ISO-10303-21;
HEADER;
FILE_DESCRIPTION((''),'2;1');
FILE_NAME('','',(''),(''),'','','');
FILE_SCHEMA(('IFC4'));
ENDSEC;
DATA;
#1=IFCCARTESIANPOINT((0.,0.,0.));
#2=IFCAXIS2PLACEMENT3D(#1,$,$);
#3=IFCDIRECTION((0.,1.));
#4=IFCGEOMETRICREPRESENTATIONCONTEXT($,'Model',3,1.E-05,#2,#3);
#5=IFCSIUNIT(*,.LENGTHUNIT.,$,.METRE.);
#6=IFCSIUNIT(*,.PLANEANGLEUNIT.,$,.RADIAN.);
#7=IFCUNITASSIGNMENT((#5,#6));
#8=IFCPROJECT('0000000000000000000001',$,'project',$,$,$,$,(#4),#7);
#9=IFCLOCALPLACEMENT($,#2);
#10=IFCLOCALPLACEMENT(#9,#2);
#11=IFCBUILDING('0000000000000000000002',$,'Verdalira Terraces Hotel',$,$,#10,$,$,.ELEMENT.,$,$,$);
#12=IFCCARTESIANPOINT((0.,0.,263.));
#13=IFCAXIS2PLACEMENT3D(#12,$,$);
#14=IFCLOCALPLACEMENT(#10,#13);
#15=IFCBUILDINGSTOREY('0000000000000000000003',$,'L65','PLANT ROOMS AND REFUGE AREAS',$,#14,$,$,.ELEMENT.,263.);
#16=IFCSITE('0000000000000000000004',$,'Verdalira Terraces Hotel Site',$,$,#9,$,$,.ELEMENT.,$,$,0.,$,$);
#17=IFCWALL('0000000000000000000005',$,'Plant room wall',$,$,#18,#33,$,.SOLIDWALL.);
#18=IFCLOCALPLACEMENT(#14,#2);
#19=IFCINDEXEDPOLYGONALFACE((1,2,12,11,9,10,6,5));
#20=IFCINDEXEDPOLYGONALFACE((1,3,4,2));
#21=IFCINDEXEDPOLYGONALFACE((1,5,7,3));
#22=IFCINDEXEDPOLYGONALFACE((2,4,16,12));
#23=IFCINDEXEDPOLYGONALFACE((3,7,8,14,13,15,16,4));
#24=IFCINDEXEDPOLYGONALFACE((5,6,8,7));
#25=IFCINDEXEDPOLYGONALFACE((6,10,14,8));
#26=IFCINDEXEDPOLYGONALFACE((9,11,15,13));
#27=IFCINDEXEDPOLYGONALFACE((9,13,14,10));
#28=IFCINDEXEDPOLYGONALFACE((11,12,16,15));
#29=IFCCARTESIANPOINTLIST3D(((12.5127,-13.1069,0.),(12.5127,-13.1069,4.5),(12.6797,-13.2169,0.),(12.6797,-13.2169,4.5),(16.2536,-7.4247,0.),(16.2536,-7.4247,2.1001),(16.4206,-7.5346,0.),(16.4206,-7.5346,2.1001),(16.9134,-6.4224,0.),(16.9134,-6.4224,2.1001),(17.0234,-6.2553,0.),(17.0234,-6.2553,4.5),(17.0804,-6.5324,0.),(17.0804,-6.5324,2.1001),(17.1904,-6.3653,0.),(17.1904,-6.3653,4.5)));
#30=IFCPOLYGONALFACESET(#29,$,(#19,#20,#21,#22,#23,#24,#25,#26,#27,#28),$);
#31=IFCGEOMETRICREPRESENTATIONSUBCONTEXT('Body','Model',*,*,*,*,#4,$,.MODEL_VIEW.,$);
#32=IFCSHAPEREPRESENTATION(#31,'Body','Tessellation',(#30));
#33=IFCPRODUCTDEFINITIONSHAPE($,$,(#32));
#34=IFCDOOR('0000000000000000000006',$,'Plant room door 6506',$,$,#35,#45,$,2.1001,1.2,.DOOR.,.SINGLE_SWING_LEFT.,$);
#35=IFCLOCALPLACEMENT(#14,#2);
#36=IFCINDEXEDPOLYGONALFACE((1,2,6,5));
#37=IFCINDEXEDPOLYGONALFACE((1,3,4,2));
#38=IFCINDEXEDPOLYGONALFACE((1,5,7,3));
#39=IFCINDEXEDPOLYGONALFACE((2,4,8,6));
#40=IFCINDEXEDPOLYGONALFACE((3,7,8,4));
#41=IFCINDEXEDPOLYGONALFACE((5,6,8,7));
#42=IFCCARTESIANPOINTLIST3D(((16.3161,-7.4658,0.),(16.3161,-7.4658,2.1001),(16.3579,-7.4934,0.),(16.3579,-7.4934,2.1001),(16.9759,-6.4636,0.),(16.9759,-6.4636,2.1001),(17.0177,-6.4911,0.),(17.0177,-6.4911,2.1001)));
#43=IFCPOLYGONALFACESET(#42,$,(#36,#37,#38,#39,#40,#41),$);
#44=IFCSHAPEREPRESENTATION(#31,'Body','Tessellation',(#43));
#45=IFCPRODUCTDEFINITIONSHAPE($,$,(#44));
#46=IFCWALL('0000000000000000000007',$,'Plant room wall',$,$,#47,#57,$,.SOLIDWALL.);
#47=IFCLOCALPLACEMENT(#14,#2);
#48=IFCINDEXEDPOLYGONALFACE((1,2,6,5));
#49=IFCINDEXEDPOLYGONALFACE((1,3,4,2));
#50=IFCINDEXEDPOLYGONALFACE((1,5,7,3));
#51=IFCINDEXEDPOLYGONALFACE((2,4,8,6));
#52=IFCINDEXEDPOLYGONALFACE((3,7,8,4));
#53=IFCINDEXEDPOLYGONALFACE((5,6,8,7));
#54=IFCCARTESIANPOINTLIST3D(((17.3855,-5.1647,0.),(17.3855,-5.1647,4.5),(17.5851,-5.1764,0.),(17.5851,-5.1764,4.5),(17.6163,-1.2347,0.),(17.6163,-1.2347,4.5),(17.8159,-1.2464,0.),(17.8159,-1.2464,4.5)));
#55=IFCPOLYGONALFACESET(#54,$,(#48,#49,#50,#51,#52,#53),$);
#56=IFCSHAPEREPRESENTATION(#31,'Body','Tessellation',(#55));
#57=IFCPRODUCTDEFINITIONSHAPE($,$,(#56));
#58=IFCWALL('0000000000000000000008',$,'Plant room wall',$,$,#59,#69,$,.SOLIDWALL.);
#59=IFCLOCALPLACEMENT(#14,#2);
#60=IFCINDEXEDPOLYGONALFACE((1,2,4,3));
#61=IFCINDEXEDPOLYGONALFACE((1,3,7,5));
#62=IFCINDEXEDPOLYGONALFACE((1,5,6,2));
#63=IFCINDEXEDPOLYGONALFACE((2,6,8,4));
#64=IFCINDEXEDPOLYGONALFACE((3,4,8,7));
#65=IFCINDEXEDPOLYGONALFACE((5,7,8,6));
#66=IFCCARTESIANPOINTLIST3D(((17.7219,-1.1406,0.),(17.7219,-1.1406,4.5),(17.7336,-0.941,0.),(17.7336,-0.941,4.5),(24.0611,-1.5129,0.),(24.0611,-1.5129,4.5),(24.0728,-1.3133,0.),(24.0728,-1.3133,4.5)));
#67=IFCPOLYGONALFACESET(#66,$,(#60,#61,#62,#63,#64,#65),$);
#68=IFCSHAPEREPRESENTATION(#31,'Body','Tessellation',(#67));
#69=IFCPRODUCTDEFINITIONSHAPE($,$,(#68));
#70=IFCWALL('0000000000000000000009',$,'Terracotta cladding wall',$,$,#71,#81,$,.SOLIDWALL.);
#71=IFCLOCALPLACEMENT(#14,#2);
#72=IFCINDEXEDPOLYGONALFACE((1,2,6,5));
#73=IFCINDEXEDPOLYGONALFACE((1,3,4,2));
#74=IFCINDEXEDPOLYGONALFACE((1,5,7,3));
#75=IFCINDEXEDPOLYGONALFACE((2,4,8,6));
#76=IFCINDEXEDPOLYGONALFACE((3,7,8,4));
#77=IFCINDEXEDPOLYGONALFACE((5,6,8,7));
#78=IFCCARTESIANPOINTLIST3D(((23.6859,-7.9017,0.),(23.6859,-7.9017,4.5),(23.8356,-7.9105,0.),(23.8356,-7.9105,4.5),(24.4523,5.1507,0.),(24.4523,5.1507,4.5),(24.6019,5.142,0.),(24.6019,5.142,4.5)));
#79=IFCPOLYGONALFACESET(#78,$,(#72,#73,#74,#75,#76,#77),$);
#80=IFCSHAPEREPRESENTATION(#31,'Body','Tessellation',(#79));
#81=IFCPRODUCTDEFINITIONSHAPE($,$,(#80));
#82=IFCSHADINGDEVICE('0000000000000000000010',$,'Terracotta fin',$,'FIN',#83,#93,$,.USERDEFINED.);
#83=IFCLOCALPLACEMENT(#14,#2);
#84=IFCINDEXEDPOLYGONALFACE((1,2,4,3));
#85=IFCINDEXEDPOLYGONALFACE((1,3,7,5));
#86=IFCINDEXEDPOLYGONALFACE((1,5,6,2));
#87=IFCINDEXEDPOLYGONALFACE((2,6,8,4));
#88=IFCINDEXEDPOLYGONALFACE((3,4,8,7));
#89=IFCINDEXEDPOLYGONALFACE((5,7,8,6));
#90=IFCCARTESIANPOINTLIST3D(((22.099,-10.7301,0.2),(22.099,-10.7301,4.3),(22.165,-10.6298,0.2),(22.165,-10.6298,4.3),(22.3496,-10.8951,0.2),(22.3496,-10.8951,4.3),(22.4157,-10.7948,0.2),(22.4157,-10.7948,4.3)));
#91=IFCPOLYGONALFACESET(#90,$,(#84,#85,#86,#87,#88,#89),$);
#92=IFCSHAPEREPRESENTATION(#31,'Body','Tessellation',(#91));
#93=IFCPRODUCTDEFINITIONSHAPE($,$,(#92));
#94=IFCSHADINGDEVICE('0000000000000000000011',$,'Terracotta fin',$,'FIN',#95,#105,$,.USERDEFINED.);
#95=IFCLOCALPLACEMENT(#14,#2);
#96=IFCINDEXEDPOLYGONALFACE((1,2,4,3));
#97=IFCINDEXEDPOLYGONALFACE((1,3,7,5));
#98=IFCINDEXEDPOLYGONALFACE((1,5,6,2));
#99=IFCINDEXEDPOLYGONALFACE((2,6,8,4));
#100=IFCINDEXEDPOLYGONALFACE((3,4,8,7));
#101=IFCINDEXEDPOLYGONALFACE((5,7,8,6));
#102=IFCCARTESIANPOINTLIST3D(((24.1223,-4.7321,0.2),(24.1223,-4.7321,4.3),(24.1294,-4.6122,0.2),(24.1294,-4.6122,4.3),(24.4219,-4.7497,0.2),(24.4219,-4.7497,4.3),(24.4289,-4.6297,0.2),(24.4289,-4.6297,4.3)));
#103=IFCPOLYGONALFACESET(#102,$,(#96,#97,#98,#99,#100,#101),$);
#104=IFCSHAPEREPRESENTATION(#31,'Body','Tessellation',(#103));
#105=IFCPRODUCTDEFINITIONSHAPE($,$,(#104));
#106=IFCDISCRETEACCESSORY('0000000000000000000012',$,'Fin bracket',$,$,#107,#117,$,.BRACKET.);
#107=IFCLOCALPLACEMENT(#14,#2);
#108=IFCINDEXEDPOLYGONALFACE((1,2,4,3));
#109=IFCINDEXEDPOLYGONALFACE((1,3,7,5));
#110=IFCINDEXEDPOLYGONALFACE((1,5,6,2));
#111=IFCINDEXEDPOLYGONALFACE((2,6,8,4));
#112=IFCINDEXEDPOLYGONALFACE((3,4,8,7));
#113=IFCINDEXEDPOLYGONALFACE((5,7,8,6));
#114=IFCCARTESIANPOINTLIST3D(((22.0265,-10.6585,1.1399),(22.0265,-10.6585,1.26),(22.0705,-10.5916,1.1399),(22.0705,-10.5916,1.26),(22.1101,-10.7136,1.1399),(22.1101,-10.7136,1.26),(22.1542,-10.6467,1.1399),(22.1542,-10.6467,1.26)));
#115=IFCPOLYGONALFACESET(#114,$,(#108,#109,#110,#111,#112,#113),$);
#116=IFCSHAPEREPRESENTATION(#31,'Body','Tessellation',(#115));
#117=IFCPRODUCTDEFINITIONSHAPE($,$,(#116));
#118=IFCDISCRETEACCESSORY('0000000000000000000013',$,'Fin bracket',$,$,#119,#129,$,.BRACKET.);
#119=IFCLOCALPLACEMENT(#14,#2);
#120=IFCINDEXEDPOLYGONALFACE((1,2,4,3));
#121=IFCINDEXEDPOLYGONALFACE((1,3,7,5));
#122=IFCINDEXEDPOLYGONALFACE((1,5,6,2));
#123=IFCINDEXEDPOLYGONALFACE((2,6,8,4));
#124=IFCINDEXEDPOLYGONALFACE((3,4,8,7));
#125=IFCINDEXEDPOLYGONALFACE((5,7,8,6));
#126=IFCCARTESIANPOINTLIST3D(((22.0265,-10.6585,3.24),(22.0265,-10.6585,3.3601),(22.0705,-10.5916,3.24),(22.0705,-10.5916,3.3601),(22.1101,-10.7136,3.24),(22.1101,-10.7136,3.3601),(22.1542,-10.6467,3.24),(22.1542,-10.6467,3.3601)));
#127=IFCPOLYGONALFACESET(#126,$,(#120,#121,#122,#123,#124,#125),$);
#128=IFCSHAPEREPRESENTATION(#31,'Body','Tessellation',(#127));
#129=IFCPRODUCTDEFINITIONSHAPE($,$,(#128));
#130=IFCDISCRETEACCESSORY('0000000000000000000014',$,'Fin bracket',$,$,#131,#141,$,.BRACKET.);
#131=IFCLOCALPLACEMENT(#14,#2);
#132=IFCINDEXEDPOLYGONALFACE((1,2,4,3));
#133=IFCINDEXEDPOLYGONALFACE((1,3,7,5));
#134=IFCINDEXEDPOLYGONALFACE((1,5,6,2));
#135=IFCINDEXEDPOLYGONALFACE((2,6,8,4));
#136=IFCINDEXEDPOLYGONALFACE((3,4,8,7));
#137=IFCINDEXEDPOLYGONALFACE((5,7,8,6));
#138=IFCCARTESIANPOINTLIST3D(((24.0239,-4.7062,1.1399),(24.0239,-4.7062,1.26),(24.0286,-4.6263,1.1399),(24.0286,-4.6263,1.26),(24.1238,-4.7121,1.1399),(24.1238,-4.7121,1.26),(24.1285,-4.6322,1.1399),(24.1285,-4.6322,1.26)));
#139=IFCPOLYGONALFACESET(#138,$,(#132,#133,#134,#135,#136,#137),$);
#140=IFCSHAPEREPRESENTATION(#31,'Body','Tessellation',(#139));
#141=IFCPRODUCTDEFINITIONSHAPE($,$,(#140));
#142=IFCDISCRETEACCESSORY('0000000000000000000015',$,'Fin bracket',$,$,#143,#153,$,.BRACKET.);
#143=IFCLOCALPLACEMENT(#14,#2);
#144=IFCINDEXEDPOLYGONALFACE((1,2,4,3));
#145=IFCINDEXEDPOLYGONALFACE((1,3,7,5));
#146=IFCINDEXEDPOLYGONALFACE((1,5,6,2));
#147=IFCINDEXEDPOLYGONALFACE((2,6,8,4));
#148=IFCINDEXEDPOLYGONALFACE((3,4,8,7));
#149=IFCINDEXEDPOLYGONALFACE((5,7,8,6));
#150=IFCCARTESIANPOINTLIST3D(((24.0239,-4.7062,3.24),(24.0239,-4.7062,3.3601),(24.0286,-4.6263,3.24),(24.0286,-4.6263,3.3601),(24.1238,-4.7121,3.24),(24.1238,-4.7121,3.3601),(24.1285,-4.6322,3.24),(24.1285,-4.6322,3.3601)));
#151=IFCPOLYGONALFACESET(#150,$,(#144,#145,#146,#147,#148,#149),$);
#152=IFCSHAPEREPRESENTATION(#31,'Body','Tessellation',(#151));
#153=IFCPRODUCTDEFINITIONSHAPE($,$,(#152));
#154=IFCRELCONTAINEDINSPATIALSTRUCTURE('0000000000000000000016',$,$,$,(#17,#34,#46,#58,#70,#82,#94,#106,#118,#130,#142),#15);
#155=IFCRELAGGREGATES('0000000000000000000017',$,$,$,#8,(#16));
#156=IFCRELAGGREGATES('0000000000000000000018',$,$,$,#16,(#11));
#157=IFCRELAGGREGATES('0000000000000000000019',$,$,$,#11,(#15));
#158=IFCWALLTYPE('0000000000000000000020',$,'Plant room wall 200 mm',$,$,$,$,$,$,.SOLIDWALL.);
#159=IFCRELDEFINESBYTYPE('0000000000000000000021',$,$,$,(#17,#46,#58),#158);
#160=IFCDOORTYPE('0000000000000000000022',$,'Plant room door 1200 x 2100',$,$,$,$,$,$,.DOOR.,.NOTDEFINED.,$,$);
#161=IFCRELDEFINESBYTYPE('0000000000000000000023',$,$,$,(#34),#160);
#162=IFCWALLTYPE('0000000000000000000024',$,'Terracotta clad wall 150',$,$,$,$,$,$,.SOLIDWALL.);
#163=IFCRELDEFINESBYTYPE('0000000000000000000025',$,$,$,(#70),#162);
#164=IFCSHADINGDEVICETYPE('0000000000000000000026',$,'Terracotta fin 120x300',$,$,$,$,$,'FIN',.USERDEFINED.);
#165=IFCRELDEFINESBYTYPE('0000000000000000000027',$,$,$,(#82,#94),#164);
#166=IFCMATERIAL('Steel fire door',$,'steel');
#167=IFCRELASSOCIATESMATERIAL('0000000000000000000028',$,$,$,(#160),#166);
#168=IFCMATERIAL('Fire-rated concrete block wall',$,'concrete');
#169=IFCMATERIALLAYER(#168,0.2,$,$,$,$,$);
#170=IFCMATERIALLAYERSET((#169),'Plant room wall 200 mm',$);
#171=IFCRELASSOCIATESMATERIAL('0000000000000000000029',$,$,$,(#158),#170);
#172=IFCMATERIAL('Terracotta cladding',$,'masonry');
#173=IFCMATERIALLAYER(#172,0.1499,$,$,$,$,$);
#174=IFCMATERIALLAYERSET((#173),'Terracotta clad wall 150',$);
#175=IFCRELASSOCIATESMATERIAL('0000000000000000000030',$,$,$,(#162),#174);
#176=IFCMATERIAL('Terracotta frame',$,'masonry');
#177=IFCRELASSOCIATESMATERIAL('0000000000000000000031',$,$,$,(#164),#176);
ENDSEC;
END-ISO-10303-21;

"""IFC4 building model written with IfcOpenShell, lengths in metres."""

from ifc_helpers import new_model, si_unit, direction, frame, frame_2d, origin, origin_2d, place, context, subcontext, project, spatial, rectangle, extrude, material, layer, layer_set, material_profile, profile_set, type_object, element, fill, save


model = new_model("IFC4")

# Units and contexts
model_context = context("Model", 3, precision=1e-05, world=origin(), true_north=direction((0.0, 1.0)))
body_context = subcontext(model_context, "Body", "Model", "MODEL_VIEW")
ifc_project = project(units=[si_unit("LENGTHUNIT", "METRE"), si_unit("PLANEANGLEUNIT", "RADIAN")], contexts=[model_context])

# Site, building, storey
site_placement = place(None, origin())
site = spatial("IfcSite", under=ifc_project, at=site_placement, Name="Verdalira Terraces Hotel Site", CompositionType="ELEMENT", RefElevation=0.0)
building_placement = place(site_placement, origin())
building = spatial("IfcBuilding", under=site, at=building_placement, Name="Verdalira Terraces Hotel", CompositionType="ELEMENT")
storey_placement = place(building_placement, frame((0.0, 0.0, 263.0)))
storey = spatial("IfcBuildingStorey", under=building, at=storey_placement, Name="L65", Description="PLANT ROOMS AND REFUGE AREAS", CompositionType="ELEMENT", Elevation=263.0)

# Wall, opening, door
ifc_material_1 = material(Name="Steel fire door", Category="steel")
door_type_1 = type_object("IfcDoorType", Name="Plant room door 1200 x 2100", OperationType="NOTDEFINED", PredefinedType="DOOR", material=ifc_material_1)
ifc_material_2 = material(Name="Fire-rated concrete block wall", Category="concrete")
ifc_layer_1 = layer(ifc_material_2, 0.2)
ifc_layer_set_1 = layer_set([ifc_layer_1], Name="Plant room wall 200 mm")
wall_type_1 = type_object("IfcWallType", Name="Plant room wall 200 mm", PredefinedType="SOLIDWALL", material=ifc_layer_set_1)
wall_1_placement = place(storey_placement, frame((17.1069, -6.3103, 0.0), z_axis=(0.0, 0.0, 1.0), x_axis=(-0.549883, -0.835242, 0.0)))
wall_1 = element("IfcWall", 1, at=wall_1_placement, inside=storey, type_object=wall_type_1, Name="Plant room wall", PredefinedType="SOLIDWALL", context=body_context, shape_type="SweptSolid", body=[
    extrude(rectangle(XDim=8.2031, YDim=0.2, at=frame_2d((4.1016, 0.0))), origin(), (0.0, 0.0, 1.0), 4.5),
])
opening_1_placement = place(wall_1_placement, frame((0.2, 0.0, 0.0)))
opening_1 = element("IfcOpeningElement", 2, at=opening_1_placement, cuts=wall_1, PredefinedType="OPENING", context=body_context, shape_type="SweptSolid", body=[
    extrude(rectangle(XDim=1.2, YDim=2.1001, at=frame_2d((0.6001, 1.05))), frame((0.0, 0.1099, 0.0), z_axis=(0.0, -1.0, 0.0), x_axis=(1.0, 0.0, 0.0)), (0.0, 0.0, 1.0), 0.22),
])
door_1_placement = place(opening_1_placement, origin())
door_1 = element("IfcDoor", 3, at=door_1_placement, inside=storey, type_object=door_type_1, Name="Plant room door 6506", OperationType="SINGLE_SWING_LEFT", OverallHeight=2.1001, OverallWidth=1.2, PredefinedType="DOOR", context=body_context, shape_type="SweptSolid", body=[
    extrude(rectangle(XDim=1.2, YDim=2.1001, at=frame_2d((0.6001, 1.05))), frame((0.0, 0.0249, 0.0), z_axis=(0.0, -1.0, 0.0), x_axis=(1.0, 0.0, 0.0)), (0.0, 0.0, 1.0), 0.05),
])
fill(opening_1, door_1)

# Walls
wall_2_placement = place(storey_placement, frame((17.4854, -5.1704, 0.0), z_axis=(0.0, 0.0, 1.0), x_axis=(0.058606, 0.998281, 0.0)))
element("IfcWall", 4, at=wall_2_placement, inside=storey, type_object=wall_type_1, Name="Plant room wall", PredefinedType="SOLIDWALL", context=body_context, shape_type="SweptSolid", body=[
    extrude(rectangle(XDim=3.9368, YDim=0.2, at=frame_2d((1.9683, 0.0))), origin(), (0.0, 0.0, 1.0), 4.5),
])
wall_3_placement = place(storey_placement, frame((17.7278, -1.0408, 0.0), z_axis=(0.0, 0.0, 1.0), x_axis=(0.99828, -0.058632, 0.0)))
element("IfcWall", 5, at=wall_3_placement, inside=storey, type_object=wall_type_1, Name="Plant room wall", PredefinedType="SOLIDWALL", context=body_context, shape_type="SweptSolid", body=[
    extrude(rectangle(XDim=6.3501, YDim=0.2, at=frame_2d((3.175, 0.0))), origin(), (0.0, 0.0, 1.0), 4.5),
])
ifc_material_3 = material(Name="Terracotta cladding", Category="masonry")
ifc_layer_2 = layer(ifc_material_3, 0.1499)
ifc_layer_set_2 = layer_set([ifc_layer_2], Name="Terracotta clad wall 150")
wall_type_2 = type_object("IfcWallType", Name="Terracotta clad wall 150", PredefinedType="SOLIDWALL", material=ifc_layer_set_2)
wall_4_placement = place(storey_placement, frame((23.7607, -7.9062, 0.0), z_axis=(0.0, 0.0, 1.0), x_axis=(0.058613, 0.998281, 0.0)))
element("IfcWall", 6, at=wall_4_placement, inside=storey, type_object=wall_type_2, Name="Terracotta cladding wall", PredefinedType="SOLIDWALL", context=body_context, shape_type="SweptSolid", body=[
    extrude(rectangle(XDim=13.075, YDim=0.1499, at=frame_2d((6.5376, 0.0))), origin(), (0.0, 0.0, 1.0), 4.5),
])

# Shading devices
ifc_material_4 = material(Name="Terracotta frame", Category="masonry")
ifc_material_profile_1 = material_profile(ifc_material_4, rectangle(XDim=0.1201, YDim=0.3, at=origin_2d()), Name="FIN 120x300")
ifc_profile_set_1 = profile_set([ifc_material_profile_1], Name="Terracotta frame")
shading_device_type = type_object("IfcShadingDeviceType", Name="Terracotta fin 120x300", ElementType="FIN", PredefinedType="USERDEFINED", material=ifc_profile_set_1)
for number, where, z_axis, x_axis, name in (
    (7, (22.2573, -10.7625, 0.2), (0.0, 0.0, 1.0), (0.549898, 0.835232, 0.0), "Terracotta fin"),
    (8, (24.2756, -4.6809, 0.2), (0.0, 0.0, 1.0), (0.058609, 0.998281, 0.0), "Terracotta fin"),
):
    element("IfcShadingDevice", number, at=place(storey_placement, frame(where, z_axis=z_axis, x_axis=x_axis)), inside=storey, type_object=shading_device_type, Name=name, ObjectType="FIN", PredefinedType="USERDEFINED", context=body_context, shape_type="SweptSolid", body=[
        extrude(rectangle(XDim=0.1201, YDim=0.3, at=origin_2d()), origin(), (0.0, 0.0, 1.0), 4.1001),
    ])

# Discrete accessories
for number, where, z_axis, x_axis, name in (
    (9, (22.0903, -10.6526, 1.1399), (0.0, 0.0, 1.0), (0.549898, 0.835232, 0.0), "Fin bracket"),
    (10, (22.0903, -10.6526, 3.24), (0.0, 0.0, 1.0), (0.549898, 0.835232, 0.0), "Fin bracket"),
    (11, (24.0762, -4.6692, 1.1399), (0.0, 0.0, 1.0), (0.058609, 0.998281, 0.0), "Fin bracket"),
    (12, (24.0762, -4.6692, 3.24), (0.0, 0.0, 1.0), (0.058609, 0.998281, 0.0), "Fin bracket"),
):
    element("IfcDiscreteAccessory", number, at=place(storey_placement, frame(where, z_axis=z_axis, x_axis=x_axis)), inside=storey, Name=name, PredefinedType="BRACKET", context=body_context, shape_type="SweptSolid", body=[
        extrude(rectangle(XDim=0.0801, YDim=0.1001, at=origin_2d()), origin(), (0.0, 0.0, 1.0), 0.1201),
    ])

save(model, "model.ifc")
